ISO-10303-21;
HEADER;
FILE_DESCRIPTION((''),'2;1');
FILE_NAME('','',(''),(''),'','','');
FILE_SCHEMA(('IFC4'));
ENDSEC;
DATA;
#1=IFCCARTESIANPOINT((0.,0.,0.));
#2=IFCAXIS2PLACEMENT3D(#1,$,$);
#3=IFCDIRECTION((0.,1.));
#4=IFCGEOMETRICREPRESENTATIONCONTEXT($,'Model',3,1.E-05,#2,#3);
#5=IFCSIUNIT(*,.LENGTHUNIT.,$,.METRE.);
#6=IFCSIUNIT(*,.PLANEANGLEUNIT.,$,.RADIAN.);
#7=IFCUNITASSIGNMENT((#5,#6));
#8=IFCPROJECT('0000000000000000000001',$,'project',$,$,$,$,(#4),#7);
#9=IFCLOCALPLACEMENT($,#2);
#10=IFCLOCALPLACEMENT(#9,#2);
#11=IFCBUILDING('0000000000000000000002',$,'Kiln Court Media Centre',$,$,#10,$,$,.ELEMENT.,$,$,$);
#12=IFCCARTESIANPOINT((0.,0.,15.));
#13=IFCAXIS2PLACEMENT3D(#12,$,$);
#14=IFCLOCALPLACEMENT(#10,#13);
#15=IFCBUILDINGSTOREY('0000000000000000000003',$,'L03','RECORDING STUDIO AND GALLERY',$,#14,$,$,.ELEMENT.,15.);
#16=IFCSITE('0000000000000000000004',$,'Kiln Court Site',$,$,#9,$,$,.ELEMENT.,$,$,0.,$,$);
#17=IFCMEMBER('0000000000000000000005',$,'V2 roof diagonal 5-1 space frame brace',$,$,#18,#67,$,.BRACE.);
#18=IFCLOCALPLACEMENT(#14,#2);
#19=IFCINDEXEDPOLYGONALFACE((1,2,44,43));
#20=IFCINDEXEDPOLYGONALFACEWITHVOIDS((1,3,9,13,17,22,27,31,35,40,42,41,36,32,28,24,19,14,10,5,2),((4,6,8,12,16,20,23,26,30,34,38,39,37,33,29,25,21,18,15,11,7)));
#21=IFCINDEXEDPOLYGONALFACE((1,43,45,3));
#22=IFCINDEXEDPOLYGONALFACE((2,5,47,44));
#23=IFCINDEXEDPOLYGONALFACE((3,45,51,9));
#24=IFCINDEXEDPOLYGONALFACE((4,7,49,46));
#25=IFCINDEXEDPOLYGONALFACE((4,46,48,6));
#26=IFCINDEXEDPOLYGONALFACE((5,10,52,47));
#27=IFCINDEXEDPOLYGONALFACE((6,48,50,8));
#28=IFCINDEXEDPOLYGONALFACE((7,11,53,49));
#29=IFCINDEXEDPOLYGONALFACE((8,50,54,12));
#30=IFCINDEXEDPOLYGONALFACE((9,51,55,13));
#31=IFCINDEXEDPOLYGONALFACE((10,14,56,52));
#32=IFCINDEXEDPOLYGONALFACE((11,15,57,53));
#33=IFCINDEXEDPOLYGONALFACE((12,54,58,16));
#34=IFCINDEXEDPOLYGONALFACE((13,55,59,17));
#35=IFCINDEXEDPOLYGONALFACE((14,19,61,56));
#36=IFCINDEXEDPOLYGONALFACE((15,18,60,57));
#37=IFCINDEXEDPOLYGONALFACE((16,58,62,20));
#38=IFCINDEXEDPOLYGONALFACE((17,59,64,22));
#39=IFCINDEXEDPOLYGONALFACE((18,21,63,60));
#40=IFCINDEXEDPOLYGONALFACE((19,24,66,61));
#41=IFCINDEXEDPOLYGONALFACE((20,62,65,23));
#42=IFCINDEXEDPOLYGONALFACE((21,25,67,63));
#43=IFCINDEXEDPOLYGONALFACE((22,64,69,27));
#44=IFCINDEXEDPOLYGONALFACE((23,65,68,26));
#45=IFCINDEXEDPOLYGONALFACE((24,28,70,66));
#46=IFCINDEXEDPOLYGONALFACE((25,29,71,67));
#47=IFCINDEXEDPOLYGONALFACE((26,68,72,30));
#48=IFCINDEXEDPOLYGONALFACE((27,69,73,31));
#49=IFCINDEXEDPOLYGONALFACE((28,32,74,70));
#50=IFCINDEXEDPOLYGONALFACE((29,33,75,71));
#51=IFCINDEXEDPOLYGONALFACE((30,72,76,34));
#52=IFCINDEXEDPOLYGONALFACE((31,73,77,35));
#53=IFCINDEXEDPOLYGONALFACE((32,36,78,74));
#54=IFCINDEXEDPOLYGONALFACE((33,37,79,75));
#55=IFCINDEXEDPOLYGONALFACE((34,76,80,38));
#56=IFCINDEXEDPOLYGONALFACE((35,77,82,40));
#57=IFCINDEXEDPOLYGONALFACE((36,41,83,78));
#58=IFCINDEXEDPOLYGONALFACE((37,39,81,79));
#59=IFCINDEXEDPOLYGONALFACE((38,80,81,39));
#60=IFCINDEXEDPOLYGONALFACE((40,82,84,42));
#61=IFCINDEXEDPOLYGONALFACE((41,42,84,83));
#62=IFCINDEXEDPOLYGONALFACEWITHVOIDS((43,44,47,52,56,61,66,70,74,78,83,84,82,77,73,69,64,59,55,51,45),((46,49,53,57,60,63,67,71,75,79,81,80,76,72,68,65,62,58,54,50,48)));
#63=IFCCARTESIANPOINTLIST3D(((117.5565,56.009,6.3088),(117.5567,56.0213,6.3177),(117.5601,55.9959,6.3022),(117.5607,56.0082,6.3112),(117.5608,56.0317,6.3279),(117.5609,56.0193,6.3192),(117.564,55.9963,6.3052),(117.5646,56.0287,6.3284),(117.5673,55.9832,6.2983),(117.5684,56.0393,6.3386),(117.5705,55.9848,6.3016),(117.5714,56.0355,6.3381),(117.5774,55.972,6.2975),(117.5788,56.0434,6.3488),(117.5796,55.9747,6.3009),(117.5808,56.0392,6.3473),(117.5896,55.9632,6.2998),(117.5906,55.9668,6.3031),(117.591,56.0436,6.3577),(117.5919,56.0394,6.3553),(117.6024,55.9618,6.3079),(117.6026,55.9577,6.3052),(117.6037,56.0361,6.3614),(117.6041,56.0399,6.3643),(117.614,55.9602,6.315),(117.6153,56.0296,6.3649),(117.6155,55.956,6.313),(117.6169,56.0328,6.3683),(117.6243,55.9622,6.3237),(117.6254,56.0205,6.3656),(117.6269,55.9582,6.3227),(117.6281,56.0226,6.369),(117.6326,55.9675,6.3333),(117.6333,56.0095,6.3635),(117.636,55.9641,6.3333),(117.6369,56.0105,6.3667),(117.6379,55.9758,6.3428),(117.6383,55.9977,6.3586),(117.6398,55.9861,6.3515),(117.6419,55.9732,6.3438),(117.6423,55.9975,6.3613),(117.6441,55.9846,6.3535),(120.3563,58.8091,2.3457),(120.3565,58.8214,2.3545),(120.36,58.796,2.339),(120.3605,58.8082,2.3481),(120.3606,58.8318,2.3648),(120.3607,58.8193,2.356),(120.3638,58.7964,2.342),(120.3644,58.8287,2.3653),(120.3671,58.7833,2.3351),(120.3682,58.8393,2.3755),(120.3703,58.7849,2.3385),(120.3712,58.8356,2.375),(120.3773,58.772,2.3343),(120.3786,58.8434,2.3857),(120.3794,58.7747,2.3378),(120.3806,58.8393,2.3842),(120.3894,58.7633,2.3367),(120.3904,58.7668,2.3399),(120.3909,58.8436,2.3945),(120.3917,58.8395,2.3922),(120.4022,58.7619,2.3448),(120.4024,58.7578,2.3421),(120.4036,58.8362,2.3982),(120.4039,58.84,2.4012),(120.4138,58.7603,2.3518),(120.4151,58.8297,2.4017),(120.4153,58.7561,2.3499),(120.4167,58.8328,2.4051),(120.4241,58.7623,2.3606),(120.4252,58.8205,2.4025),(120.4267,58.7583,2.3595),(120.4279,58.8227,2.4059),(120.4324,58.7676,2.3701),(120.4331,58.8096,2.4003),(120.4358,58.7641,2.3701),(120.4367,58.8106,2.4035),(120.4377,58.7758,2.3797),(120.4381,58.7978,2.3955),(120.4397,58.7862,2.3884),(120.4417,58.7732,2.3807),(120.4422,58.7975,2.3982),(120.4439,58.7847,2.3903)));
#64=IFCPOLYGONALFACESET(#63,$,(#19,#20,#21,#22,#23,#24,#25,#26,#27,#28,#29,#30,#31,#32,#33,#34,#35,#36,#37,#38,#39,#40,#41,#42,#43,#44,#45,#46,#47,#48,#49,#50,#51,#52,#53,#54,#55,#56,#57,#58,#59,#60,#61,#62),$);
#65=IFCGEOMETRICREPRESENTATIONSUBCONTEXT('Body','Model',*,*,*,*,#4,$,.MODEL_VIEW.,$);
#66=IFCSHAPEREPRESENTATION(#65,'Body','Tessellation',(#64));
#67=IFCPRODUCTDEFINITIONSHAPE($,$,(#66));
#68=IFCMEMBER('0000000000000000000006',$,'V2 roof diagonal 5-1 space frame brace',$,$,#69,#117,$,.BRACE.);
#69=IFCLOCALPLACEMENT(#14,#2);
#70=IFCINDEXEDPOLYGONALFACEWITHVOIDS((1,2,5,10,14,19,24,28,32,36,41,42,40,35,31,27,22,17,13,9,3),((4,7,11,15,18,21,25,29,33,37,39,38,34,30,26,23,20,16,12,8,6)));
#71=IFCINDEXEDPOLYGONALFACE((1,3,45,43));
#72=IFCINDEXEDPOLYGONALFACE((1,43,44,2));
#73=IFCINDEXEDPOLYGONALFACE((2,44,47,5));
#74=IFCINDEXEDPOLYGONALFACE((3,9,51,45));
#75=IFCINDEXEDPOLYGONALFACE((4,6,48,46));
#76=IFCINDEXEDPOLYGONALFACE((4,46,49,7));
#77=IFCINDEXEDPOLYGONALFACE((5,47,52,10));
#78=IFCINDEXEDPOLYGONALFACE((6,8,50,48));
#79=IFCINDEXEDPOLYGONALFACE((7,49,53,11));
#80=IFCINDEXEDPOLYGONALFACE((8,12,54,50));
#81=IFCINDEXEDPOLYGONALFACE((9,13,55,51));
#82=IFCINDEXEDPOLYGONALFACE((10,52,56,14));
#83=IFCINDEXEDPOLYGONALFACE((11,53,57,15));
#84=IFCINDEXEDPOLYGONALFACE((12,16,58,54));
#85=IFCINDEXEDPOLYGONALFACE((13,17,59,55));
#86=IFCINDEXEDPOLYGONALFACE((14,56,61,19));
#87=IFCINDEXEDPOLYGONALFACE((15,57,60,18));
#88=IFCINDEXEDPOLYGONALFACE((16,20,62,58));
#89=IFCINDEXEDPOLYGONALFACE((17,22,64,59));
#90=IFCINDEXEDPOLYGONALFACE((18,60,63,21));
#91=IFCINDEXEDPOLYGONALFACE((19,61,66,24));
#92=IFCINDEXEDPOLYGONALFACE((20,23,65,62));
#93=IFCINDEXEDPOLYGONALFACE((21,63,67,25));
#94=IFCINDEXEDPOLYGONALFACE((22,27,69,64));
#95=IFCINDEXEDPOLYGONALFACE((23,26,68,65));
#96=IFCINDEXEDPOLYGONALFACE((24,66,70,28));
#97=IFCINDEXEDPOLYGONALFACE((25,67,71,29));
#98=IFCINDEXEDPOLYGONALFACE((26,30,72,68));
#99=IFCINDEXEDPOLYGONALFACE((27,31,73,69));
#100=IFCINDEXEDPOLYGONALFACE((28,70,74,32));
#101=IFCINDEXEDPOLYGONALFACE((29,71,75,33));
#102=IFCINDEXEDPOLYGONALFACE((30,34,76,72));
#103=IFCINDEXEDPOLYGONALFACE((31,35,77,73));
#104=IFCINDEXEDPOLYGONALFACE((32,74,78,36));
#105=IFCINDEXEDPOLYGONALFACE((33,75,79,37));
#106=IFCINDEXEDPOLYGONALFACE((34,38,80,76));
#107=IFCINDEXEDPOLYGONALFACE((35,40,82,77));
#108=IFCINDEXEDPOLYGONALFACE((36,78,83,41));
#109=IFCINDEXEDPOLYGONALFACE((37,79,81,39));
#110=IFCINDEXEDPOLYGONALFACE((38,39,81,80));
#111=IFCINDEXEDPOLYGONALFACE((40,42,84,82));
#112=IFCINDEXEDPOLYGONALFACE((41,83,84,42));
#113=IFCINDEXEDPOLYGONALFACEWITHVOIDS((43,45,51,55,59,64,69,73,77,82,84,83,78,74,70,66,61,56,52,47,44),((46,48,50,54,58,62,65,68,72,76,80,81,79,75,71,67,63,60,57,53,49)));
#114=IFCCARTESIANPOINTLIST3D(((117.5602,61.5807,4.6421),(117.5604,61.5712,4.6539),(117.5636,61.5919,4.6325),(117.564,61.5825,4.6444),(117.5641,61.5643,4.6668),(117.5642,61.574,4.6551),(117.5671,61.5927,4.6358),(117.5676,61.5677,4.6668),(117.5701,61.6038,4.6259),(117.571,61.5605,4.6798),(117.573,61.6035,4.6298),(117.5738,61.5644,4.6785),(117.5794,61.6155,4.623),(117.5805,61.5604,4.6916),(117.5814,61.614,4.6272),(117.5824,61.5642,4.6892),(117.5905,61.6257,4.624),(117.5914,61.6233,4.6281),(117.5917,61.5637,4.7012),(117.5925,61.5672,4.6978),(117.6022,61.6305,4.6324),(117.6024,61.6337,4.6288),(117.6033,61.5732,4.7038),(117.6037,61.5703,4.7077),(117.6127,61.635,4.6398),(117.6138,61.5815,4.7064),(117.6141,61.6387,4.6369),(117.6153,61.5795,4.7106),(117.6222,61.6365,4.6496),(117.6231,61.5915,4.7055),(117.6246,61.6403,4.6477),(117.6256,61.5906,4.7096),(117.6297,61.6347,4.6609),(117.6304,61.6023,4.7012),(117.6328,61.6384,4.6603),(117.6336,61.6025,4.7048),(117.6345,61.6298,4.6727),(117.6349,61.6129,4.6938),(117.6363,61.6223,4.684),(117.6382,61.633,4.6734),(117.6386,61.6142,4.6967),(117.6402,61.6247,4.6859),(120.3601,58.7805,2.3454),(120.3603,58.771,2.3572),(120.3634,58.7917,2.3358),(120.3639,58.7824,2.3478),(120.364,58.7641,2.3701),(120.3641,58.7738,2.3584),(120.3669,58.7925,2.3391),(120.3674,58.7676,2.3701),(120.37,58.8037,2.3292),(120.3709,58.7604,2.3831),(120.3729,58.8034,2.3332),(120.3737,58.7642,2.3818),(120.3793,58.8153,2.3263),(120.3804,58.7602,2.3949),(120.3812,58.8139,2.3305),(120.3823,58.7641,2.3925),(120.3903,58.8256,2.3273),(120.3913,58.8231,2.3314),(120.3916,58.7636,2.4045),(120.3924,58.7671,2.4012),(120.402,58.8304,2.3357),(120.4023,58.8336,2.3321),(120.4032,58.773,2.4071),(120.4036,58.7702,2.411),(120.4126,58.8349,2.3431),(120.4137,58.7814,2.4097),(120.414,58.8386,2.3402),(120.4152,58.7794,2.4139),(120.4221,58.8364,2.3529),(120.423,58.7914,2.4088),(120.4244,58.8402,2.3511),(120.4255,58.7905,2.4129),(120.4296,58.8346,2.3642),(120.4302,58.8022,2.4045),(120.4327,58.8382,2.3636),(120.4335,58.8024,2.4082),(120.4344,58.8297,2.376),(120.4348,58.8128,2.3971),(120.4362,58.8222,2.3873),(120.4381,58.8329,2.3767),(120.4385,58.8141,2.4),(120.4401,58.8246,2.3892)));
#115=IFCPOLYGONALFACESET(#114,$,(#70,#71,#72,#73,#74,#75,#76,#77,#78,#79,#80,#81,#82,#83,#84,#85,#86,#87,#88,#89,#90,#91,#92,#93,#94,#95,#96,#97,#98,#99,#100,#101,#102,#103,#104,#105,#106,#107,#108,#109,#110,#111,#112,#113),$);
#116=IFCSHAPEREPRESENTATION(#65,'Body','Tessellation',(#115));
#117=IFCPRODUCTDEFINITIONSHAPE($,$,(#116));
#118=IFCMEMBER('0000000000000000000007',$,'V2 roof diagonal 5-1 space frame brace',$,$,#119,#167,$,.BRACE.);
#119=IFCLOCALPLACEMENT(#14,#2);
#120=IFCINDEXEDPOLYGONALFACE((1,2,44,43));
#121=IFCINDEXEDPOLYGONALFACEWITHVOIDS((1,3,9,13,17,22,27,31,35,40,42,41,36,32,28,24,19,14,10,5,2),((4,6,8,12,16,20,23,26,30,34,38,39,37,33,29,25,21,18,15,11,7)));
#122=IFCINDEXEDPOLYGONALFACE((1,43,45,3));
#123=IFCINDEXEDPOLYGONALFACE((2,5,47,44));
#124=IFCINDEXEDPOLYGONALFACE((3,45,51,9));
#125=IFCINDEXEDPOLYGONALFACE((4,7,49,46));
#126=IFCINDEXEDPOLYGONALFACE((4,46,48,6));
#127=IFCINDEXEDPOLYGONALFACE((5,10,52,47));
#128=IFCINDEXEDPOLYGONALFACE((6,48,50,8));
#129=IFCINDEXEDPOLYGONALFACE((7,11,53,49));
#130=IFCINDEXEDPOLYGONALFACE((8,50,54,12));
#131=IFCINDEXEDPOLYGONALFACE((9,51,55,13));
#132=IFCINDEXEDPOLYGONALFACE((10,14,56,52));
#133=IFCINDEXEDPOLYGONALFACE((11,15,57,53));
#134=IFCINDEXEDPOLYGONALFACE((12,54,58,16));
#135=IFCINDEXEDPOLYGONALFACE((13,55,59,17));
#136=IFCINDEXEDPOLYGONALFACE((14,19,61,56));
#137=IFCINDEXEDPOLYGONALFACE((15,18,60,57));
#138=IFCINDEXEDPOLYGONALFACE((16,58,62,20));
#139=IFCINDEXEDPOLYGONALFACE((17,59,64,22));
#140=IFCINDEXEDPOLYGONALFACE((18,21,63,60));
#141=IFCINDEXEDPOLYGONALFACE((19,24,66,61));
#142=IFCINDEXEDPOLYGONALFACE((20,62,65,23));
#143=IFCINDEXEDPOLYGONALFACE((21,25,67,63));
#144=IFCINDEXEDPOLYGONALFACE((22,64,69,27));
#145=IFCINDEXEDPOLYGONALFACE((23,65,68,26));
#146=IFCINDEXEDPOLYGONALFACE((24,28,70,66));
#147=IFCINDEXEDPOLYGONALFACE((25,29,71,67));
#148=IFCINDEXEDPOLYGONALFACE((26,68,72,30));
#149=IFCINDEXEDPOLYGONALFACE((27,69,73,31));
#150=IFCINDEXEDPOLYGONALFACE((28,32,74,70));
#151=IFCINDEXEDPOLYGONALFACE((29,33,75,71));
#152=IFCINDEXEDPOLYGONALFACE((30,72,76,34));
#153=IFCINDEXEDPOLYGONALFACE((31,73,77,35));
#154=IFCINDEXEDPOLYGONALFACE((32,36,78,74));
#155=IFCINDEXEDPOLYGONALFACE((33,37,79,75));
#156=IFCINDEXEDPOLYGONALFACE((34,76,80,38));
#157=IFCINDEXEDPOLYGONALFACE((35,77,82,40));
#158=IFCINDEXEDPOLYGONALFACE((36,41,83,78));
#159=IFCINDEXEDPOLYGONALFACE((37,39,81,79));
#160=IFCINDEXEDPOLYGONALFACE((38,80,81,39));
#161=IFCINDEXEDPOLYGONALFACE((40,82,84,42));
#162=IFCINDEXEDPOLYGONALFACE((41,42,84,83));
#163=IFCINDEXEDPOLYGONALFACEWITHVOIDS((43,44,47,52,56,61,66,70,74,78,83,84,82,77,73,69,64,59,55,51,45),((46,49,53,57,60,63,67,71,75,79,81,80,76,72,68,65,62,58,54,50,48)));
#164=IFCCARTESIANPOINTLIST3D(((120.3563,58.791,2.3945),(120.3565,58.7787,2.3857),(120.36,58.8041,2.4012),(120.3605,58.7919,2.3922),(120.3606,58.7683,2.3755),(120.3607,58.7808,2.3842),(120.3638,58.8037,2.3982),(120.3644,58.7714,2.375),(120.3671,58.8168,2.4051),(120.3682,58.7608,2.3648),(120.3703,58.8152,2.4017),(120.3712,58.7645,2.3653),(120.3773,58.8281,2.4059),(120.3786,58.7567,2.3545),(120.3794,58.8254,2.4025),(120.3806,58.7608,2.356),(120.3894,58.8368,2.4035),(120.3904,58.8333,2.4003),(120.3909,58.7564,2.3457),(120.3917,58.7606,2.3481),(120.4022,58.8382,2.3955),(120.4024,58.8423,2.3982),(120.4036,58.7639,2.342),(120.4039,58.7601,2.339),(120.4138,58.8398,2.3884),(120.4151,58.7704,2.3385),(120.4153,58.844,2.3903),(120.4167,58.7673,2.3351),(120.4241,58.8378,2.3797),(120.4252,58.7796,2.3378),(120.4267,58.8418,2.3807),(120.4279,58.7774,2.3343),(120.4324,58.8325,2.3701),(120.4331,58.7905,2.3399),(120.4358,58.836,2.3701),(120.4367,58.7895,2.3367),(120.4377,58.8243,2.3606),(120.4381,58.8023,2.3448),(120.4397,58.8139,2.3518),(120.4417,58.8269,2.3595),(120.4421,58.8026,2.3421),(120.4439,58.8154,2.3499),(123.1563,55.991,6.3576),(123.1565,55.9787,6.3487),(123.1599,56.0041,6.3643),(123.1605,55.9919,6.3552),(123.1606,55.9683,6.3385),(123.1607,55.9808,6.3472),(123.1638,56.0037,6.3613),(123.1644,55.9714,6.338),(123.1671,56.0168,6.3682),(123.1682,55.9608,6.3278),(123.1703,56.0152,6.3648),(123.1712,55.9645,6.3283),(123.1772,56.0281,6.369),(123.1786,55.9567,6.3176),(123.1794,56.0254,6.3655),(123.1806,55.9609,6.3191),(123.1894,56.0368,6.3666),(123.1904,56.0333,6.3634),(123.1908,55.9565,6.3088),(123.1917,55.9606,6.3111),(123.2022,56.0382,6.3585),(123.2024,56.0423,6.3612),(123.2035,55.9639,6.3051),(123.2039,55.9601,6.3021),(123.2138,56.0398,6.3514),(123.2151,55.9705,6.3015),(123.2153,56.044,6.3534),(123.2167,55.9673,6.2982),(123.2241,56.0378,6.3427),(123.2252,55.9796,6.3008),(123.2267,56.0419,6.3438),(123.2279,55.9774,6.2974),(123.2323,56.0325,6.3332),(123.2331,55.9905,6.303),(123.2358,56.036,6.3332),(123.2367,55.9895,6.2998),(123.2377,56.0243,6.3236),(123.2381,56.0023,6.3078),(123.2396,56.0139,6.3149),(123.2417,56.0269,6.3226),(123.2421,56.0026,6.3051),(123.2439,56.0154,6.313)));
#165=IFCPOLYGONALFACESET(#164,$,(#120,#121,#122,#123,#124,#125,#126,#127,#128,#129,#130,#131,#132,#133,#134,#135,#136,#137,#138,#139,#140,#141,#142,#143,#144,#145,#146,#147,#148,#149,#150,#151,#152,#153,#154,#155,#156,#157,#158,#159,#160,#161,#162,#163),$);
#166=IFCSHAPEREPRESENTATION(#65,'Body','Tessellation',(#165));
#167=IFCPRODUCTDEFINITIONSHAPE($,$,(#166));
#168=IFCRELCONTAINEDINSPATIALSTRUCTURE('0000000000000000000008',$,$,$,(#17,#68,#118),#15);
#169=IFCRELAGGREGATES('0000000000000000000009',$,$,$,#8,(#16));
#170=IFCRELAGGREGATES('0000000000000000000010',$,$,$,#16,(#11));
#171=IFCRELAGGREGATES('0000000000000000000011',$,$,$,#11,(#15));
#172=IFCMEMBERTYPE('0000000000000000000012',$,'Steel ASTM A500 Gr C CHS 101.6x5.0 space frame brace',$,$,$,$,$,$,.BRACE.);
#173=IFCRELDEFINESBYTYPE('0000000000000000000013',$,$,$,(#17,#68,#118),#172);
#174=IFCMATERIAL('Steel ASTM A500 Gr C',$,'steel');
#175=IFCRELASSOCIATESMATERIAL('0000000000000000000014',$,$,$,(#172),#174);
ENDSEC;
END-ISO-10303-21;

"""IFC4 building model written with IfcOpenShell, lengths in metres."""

from ifc_helpers import new_model, si_unit, direction, frame, origin, origin_2d, place, context, subcontext, project, spatial, hollow_circle, extrude, material, material_profile, profile_set, type_object, element, save


model = new_model("IFC4")

# Units and contexts
model_context = context("Model", 3, precision=1e-05, world=origin(), true_north=direction((0.0, 1.0)))
body_context = subcontext(model_context, "Body", "Model", "MODEL_VIEW")
ifc_project = project(units=[si_unit("LENGTHUNIT", "METRE"), si_unit("PLANEANGLEUNIT", "RADIAN")], contexts=[model_context])

# Site, building, storey
site_placement = place(None, origin())
site = spatial("IfcSite", under=ifc_project, at=site_placement, Name="Kiln Court Site", CompositionType="ELEMENT", RefElevation=0.0)
building_placement = place(site_placement, origin())
building = spatial("IfcBuilding", under=site, at=building_placement, Name="Kiln Court Media Centre", CompositionType="ELEMENT")
storey_placement = place(building_placement, frame((0.0, 0.0, 15.0)))
storey = spatial("IfcBuildingStorey", under=building, at=storey_placement, Name="L03", Description="RECORDING STUDIO AND GALLERY", CompositionType="ELEMENT", Elevation=15.0)

# Members
ifc_material_1 = material(Name="Steel ASTM A500 Gr C", Category="steel")
ifc_material_profile_1 = material_profile(ifc_material_1, hollow_circle(Radius=0.0508, WallThickness=0.0049, at=origin_2d()), Name="CHS 101.6x5.0")
ifc_profile_set_1 = profile_set([ifc_material_profile_1], Name="Steel ASTM A500 Gr C")
member_type_1 = type_object("IfcMemberType", Name="Steel ASTM A500 Gr C CHS 101.6x5.0 space frame brace", PredefinedType="BRACE", material=ifc_profile_set_1)
member_1_placement = place(storey_placement, frame((120.3999, 58.8, 2.3701), z_axis=(-0.499761, -0.499805, 0.707414), x_axis=(0.707138, -0.707076, 0.0)))
element("IfcMember", 1, at=member_1_placement, inside=storey, type_object=member_type_1, Name="V2 roof diagonal 5-1 space frame brace", PredefinedType="BRACE", context=body_context, shape_type="SweptSolid", body=[
    extrude(hollow_circle(Radius=0.0508, WallThickness=0.0049, at=origin_2d()), origin(), (0.0, 0.0, 1.0), 5.6023),
])
member_2_placement = place(storey_placement, frame((120.3999, 58.8, 2.3701), z_axis=(-0.611642, 0.611696, 0.501719), x_axis=(-0.707138, -0.707076, 0.0)))
element("IfcMember", 2, at=member_2_placement, inside=storey, type_object=member_type_1, Name="V2 roof diagonal 5-1 space frame brace", PredefinedType="BRACE", context=body_context, shape_type="SweptSolid", body=[
    extrude(hollow_circle(Radius=0.0508, WallThickness=0.0049, at=origin_2d()), origin(), (0.0, 0.0, 1.0), 4.5776),
])
member_3_placement = place(storey_placement, frame((120.3999, 58.8, 2.3701), z_axis=(0.499794, -0.499794, 0.707398), x_axis=(0.707107, 0.707107, 0.0)))
element("IfcMember", 3, at=member_3_placement, inside=storey, type_object=member_type_1, Name="V2 roof diagonal 5-1 space frame brace", PredefinedType="BRACE", context=body_context, shape_type="SweptSolid", body=[
    extrude(hollow_circle(Radius=0.0508, WallThickness=0.0049, at=origin_2d()), origin(), (0.0, 0.0, 1.0), 5.6023),
])

save(model, "model.ifc")
